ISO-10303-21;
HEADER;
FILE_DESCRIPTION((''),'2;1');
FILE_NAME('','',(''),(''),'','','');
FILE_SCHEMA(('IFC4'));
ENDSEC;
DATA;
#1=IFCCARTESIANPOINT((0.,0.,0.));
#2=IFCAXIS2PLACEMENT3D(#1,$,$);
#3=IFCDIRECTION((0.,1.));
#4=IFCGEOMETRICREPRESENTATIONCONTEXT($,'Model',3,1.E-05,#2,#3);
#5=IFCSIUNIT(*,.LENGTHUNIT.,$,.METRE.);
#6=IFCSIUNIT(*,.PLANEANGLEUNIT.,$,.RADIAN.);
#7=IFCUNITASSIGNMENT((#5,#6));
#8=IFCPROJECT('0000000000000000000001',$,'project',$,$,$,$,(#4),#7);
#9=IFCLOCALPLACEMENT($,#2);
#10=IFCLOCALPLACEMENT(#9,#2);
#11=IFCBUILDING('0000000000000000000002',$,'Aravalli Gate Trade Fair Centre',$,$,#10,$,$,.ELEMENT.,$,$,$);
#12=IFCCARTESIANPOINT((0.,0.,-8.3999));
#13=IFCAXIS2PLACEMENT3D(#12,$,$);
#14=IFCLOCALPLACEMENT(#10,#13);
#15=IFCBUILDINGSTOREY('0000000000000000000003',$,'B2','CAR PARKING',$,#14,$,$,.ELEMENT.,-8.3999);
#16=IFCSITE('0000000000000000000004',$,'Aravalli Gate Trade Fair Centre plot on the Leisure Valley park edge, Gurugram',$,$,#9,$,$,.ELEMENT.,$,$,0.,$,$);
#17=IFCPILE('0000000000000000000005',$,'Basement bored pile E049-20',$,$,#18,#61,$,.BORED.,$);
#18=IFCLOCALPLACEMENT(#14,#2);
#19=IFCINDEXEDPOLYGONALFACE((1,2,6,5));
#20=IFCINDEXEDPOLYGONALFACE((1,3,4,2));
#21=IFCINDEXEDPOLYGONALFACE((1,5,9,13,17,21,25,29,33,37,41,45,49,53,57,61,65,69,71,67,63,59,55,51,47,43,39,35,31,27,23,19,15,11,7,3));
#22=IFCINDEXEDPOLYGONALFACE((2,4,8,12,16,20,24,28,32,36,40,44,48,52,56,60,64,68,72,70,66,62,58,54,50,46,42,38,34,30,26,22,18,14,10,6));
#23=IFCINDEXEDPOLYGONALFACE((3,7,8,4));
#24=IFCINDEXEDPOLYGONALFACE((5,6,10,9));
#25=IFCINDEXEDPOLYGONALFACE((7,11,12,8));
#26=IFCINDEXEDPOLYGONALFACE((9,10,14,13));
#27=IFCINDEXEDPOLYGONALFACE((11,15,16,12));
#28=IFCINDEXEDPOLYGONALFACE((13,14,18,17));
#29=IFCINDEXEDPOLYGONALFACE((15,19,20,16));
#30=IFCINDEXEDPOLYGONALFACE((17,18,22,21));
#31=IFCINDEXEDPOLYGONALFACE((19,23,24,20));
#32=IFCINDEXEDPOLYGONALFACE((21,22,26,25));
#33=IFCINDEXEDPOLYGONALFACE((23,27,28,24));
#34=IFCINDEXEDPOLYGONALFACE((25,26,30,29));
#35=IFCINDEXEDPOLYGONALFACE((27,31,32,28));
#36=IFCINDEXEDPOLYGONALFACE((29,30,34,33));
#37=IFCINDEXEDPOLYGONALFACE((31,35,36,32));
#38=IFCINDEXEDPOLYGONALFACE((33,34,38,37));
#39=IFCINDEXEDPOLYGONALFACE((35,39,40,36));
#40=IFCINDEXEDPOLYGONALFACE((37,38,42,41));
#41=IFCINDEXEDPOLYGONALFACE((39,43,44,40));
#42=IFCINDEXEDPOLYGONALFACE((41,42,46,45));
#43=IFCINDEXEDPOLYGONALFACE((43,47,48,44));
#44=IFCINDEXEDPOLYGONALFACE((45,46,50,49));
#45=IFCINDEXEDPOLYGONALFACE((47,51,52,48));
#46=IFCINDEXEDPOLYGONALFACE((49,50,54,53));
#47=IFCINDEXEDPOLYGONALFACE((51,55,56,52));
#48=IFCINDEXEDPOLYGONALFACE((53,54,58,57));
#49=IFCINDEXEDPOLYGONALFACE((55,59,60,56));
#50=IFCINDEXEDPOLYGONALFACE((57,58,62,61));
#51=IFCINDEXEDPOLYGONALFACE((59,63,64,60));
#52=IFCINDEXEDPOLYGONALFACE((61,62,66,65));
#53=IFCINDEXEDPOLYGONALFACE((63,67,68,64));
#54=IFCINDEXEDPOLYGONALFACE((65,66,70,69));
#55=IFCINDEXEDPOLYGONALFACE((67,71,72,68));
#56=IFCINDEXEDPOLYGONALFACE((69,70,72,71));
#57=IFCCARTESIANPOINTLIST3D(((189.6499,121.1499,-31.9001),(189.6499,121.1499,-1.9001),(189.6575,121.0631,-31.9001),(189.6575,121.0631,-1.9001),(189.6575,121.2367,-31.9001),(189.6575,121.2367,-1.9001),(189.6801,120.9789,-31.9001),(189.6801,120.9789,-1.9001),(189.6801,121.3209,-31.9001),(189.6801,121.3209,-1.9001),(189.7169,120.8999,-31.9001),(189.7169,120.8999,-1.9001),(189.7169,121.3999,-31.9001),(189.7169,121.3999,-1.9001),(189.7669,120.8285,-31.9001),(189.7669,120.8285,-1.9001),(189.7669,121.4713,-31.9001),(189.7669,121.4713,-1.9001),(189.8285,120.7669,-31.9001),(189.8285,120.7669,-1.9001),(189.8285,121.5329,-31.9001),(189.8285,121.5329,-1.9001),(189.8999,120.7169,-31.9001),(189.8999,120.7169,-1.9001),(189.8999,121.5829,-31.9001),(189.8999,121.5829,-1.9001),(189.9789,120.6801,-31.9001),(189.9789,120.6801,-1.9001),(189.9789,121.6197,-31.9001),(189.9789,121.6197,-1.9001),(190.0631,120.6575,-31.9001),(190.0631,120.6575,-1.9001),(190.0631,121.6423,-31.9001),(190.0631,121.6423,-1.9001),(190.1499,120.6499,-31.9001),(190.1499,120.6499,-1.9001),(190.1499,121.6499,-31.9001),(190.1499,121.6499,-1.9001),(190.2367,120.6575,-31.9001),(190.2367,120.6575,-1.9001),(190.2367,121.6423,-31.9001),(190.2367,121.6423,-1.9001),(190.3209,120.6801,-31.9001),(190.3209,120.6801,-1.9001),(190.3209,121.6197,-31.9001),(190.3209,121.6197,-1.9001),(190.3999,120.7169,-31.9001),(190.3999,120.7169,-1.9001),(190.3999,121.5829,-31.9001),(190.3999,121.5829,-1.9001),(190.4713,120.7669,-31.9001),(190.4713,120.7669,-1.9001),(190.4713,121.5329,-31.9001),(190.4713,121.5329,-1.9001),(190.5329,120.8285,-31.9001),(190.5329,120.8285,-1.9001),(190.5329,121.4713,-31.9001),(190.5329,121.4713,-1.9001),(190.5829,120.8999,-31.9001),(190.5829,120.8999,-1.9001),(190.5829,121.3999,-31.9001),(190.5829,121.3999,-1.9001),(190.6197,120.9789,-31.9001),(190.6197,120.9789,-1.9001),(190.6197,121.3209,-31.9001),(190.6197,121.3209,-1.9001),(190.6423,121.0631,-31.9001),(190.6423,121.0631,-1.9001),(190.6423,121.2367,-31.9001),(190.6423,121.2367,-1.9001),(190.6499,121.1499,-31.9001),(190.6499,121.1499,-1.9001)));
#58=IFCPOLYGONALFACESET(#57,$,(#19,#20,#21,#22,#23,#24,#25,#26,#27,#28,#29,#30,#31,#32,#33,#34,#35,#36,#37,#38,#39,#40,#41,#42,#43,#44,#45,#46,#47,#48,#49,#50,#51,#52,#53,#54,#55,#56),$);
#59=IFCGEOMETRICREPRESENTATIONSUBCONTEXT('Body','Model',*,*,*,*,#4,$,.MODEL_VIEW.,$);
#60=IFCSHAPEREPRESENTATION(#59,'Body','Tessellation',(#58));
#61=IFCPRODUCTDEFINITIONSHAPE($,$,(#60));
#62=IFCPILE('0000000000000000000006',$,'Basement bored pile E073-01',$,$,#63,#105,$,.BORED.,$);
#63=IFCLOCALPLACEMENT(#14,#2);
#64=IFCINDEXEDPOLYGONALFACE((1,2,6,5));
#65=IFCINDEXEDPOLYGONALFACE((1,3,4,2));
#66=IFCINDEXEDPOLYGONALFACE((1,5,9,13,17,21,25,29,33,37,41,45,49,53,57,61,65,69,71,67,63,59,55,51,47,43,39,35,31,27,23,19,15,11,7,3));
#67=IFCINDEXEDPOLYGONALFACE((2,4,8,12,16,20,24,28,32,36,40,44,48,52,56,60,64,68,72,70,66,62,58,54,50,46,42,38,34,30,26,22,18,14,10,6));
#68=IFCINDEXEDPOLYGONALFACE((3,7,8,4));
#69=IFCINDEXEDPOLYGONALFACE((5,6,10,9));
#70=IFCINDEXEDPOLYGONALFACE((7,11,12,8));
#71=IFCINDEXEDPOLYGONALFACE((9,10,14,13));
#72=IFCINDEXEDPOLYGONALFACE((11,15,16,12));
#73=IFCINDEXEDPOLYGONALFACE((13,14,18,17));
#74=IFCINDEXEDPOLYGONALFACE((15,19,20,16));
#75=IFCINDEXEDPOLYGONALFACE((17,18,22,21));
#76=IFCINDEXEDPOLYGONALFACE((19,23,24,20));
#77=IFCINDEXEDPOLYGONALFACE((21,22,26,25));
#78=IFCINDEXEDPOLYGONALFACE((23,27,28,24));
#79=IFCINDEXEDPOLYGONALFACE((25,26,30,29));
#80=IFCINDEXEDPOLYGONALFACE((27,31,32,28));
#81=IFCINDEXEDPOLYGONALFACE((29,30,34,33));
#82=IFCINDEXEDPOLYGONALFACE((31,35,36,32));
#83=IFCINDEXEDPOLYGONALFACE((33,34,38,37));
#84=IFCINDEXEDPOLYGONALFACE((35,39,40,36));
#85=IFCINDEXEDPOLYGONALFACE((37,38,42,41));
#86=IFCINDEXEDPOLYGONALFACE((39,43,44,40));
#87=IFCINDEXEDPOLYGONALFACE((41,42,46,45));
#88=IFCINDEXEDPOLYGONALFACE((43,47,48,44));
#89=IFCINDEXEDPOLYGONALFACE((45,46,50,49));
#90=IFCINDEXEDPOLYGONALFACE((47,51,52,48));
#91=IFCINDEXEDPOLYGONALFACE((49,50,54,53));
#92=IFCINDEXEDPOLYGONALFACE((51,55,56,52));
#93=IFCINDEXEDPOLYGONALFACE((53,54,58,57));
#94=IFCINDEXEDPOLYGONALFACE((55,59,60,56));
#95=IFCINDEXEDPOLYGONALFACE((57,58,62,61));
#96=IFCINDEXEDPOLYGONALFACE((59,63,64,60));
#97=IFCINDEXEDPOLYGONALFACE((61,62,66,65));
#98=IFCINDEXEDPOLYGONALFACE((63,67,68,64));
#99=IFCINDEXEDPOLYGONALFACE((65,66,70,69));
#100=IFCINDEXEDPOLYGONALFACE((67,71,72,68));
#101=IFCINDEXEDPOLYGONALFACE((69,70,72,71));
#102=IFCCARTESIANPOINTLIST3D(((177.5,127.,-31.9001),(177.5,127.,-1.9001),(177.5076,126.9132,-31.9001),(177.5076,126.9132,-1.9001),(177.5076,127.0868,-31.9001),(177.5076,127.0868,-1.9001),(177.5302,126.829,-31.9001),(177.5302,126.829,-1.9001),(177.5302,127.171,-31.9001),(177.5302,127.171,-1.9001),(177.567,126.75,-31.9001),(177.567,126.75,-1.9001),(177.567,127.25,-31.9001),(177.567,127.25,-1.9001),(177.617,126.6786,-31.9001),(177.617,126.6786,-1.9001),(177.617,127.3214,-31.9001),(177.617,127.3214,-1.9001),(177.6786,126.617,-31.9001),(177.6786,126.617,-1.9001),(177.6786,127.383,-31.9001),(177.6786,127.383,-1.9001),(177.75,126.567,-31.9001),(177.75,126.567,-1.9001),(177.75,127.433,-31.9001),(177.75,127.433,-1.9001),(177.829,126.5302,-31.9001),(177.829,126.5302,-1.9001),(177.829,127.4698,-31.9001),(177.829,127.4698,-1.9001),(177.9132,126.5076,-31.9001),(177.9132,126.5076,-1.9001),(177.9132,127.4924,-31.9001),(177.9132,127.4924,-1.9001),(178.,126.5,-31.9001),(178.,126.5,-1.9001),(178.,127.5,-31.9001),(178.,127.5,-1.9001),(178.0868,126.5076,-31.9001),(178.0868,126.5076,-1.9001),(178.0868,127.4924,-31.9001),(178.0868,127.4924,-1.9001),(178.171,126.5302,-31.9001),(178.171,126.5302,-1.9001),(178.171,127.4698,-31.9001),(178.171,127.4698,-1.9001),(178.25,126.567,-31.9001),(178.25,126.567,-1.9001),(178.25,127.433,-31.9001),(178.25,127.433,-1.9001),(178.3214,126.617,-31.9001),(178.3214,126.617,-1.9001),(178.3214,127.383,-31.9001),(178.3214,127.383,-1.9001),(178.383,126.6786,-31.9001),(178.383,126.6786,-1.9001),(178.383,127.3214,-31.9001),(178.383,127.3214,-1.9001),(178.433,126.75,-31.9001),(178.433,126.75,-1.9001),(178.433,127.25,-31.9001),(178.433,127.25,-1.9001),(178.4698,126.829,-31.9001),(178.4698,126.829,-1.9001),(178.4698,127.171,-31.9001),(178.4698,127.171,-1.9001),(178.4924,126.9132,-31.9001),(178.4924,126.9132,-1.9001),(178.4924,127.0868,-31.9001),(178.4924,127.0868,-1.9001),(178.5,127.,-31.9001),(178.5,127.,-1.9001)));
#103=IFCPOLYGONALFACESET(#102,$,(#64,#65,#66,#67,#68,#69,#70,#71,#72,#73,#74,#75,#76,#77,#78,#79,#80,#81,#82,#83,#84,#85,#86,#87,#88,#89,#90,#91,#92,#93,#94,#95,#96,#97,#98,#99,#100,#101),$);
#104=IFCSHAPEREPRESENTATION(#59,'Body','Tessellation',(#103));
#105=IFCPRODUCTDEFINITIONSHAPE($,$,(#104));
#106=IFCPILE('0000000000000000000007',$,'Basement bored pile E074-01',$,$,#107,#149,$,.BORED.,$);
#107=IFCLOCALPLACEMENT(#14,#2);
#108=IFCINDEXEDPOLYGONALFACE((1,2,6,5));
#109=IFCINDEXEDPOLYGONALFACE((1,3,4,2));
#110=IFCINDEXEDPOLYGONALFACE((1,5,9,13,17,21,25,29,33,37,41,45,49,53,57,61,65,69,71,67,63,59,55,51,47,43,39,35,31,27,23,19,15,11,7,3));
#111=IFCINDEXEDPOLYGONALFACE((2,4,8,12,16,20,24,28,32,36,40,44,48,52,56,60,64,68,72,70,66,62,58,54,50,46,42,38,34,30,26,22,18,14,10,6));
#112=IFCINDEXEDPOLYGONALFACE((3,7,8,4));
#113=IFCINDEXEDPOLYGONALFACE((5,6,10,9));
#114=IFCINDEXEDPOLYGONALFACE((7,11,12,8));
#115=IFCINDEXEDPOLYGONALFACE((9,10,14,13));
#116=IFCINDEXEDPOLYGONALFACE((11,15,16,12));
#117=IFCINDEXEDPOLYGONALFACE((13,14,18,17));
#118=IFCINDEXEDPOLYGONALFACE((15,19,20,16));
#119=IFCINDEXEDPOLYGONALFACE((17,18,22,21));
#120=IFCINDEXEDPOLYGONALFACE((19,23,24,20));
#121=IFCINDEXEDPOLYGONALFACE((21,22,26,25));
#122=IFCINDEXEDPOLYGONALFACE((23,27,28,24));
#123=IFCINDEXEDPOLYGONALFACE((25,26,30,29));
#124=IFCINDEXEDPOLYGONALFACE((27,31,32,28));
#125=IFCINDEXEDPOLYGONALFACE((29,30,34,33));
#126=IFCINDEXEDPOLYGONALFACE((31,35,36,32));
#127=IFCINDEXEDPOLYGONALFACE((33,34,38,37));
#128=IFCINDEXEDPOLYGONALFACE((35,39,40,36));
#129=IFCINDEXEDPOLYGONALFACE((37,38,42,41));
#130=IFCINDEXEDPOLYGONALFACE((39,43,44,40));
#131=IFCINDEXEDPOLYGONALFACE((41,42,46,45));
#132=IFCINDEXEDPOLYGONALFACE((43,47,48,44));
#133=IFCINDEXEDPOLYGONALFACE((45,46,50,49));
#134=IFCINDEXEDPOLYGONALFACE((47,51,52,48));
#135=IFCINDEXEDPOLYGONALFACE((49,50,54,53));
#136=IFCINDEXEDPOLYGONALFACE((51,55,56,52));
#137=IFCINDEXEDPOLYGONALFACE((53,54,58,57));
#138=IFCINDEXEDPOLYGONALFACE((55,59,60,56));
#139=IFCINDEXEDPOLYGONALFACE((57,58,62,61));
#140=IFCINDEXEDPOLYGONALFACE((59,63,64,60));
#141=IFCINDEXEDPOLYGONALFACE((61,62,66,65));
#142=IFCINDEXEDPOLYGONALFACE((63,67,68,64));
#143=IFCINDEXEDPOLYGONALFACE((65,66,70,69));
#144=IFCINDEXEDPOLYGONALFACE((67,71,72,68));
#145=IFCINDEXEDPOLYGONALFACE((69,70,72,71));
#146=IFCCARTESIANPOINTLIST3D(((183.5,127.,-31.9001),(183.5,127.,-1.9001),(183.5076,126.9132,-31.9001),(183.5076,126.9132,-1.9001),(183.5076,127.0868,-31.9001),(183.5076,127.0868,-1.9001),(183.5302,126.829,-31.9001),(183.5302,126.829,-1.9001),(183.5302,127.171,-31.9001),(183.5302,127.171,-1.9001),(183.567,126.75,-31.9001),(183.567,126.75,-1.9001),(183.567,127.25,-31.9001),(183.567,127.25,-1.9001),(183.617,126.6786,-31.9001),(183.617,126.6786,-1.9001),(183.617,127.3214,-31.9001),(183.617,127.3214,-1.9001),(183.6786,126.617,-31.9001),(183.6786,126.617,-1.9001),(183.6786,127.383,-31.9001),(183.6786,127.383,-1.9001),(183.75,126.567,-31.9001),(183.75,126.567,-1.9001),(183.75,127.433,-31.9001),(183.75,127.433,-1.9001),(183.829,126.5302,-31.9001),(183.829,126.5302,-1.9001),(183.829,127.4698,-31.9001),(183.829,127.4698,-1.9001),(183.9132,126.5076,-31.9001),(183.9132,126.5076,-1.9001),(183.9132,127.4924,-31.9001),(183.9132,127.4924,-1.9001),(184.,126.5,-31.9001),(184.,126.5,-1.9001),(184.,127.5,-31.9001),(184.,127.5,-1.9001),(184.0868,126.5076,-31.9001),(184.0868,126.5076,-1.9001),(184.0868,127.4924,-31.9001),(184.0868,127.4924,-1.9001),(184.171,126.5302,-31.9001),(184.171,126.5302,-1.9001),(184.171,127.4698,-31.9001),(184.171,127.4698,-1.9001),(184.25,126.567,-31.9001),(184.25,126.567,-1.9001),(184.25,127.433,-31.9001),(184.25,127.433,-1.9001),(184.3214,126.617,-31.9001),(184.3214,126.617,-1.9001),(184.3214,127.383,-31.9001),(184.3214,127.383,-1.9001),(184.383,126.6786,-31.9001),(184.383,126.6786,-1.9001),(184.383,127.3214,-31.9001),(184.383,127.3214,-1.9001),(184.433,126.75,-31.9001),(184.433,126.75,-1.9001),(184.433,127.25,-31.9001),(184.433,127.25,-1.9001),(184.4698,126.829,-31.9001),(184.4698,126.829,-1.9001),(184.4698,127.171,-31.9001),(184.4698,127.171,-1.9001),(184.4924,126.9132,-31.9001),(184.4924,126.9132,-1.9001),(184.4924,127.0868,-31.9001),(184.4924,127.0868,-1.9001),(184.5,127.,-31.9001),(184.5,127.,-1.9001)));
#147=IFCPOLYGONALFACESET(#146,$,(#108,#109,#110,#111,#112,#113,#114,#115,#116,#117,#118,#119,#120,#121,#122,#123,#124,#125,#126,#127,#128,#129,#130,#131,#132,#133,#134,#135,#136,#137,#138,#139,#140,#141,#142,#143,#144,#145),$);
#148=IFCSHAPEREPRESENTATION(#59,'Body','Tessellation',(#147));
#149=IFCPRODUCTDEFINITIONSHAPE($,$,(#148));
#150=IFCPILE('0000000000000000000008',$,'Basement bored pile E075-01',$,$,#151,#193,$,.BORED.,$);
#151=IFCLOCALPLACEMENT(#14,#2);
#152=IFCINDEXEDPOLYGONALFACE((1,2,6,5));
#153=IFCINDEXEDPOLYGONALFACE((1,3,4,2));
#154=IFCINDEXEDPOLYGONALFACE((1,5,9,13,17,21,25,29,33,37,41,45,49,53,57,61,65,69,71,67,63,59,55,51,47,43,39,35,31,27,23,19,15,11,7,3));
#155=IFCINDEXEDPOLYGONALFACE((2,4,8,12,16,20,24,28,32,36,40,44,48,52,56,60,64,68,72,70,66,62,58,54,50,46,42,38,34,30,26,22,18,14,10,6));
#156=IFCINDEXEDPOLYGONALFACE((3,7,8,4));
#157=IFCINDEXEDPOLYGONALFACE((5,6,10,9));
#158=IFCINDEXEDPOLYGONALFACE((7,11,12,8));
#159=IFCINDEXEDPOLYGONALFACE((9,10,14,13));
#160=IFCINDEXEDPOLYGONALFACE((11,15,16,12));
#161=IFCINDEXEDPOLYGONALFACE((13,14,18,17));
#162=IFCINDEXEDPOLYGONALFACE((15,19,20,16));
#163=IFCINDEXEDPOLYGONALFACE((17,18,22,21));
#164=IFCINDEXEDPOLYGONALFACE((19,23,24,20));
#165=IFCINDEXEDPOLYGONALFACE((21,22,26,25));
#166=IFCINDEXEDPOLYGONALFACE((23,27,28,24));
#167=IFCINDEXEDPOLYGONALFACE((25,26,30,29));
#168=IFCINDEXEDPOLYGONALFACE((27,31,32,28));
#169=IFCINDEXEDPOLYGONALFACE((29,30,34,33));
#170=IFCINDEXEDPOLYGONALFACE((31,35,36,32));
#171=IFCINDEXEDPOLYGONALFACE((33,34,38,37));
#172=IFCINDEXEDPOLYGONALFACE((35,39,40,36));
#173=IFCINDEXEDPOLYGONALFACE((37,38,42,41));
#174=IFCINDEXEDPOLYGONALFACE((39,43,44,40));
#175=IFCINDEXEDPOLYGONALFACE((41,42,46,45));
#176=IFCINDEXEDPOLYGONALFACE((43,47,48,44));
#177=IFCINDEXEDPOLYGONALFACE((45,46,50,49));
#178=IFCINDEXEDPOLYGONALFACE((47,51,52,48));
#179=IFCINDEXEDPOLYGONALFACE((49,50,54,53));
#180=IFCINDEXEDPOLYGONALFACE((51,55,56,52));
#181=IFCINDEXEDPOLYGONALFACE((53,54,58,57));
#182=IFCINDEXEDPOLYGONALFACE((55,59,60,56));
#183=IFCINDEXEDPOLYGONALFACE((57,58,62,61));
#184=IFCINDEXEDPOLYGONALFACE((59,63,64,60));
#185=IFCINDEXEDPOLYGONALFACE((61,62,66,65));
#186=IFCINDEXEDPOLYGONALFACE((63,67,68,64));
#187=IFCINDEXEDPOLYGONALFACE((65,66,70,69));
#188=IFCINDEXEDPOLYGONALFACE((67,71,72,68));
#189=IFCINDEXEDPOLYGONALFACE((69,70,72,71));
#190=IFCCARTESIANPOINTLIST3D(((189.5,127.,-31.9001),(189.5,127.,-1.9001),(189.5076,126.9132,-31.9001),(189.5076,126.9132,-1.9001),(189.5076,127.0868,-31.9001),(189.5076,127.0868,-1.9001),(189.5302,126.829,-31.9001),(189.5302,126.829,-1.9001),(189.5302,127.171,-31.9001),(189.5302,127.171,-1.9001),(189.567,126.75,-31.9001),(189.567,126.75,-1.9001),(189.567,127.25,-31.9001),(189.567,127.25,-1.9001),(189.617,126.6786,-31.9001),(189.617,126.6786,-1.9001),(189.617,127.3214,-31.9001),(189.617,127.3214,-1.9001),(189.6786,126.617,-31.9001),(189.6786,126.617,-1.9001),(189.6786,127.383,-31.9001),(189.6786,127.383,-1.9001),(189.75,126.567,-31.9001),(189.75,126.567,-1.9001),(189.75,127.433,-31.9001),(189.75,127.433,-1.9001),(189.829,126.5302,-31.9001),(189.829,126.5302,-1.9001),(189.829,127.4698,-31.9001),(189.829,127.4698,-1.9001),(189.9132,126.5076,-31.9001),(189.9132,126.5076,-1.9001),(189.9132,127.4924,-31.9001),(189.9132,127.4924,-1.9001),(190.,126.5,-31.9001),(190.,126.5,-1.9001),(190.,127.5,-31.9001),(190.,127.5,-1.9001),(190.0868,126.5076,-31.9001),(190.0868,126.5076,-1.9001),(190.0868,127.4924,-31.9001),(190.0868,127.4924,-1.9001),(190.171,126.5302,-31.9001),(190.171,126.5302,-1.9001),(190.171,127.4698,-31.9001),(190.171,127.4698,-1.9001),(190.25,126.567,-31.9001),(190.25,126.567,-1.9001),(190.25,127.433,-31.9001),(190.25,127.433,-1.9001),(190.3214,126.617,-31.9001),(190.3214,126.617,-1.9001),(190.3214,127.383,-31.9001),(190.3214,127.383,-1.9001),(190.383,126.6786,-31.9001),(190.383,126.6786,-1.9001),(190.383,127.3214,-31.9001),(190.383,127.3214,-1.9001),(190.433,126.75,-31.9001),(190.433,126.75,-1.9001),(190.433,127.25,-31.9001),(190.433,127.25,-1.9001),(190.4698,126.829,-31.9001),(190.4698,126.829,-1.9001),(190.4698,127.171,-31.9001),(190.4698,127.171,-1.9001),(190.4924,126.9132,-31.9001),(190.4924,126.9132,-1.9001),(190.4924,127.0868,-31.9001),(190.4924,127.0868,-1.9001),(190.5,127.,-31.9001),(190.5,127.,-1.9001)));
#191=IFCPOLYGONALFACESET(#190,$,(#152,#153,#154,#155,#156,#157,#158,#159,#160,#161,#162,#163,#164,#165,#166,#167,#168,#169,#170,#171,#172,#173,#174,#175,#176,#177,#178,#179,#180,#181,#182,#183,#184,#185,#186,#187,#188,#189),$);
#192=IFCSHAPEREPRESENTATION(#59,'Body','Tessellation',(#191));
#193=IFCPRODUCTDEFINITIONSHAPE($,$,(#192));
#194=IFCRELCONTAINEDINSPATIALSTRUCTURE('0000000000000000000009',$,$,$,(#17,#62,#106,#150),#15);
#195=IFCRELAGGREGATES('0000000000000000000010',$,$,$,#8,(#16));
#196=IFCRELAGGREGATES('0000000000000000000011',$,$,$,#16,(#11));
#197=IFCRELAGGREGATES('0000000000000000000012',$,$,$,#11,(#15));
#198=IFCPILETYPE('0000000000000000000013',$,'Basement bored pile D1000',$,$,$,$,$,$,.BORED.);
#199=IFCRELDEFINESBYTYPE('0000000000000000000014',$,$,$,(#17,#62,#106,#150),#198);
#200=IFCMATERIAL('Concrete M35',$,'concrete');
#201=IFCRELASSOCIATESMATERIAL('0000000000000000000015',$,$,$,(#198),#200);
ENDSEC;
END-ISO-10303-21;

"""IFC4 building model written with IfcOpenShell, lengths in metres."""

from ifc_helpers import new_model, si_unit, direction, frame, origin, origin_2d, place, context, subcontext, project, spatial, circle, extrude, material, material_profile, profile_set, type_object, element, save


model = new_model("IFC4")

# Units and contexts
model_context = context("Model", 3, precision=1e-05, world=origin(), true_north=direction((0.0, 1.0)))
body_context = subcontext(model_context, "Body", "Model", "MODEL_VIEW")
ifc_project = project(units=[si_unit("LENGTHUNIT", "METRE"), si_unit("PLANEANGLEUNIT", "RADIAN")], contexts=[model_context])

# Site, building, storey
site_placement = place(None, origin())
site = spatial("IfcSite", under=ifc_project, at=site_placement, Name="Aravalli Gate Trade Fair Centre plot on the Leisure Valley park edge, Gurugram", CompositionType="ELEMENT", RefElevation=0.0)
building_placement = place(site_placement, origin())
building = spatial("IfcBuilding", under=site, at=building_placement, Name="Aravalli Gate Trade Fair Centre", CompositionType="ELEMENT")
storey_placement = place(building_placement, frame((0.0, 0.0, -8.3999)))
storey = spatial("IfcBuildingStorey", under=building, at=storey_placement, Name="B2", Description="CAR PARKING", CompositionType="ELEMENT", Elevation=-8.3999)

# Piles
ifc_material_1 = material(Name="Concrete M35", Category="concrete")
ifc_material_profile_1 = material_profile(ifc_material_1, circle(Radius=0.5, at=origin_2d()), Name="D1000")
ifc_profile_set_1 = profile_set([ifc_material_profile_1], Name="Concrete M35")
pile_type = type_object("IfcPileType", Name="Basement bored pile D1000", PredefinedType="BORED", material=ifc_profile_set_1)
for number, where, z_axis, x_axis, name in (
    (1, (190.1499, 121.1499, -1.9001), (0.0, 0.0, -1.0), (1.0, 0.0, 0.0), "Basement bored pile E049-20"),
    (2, (178.0, 127.0, -1.9001), (0.0, 0.0, -1.0), (1.0, 0.0, 0.0), "Basement bored pile E073-01"),
    (3, (184.0, 127.0, -1.9001), (0.0, 0.0, -1.0), (1.0, 0.0, 0.0), "Basement bored pile E074-01"),
    (4, (190.0, 127.0, -1.9001), (0.0, 0.0, -1.0), (1.0, 0.0, 0.0), "Basement bored pile E075-01"),
):
    element("IfcPile", number, at=place(storey_placement, frame(where, z_axis=z_axis, x_axis=x_axis)), inside=storey, type_object=pile_type, Name=name, PredefinedType="BORED", context=body_context, shape_type="SweptSolid", body=[
        extrude(circle(Radius=0.5, at=origin_2d()), origin(), (0.0, 0.0, 1.0), 30.0),
    ])

save(model, "model.ifc")
